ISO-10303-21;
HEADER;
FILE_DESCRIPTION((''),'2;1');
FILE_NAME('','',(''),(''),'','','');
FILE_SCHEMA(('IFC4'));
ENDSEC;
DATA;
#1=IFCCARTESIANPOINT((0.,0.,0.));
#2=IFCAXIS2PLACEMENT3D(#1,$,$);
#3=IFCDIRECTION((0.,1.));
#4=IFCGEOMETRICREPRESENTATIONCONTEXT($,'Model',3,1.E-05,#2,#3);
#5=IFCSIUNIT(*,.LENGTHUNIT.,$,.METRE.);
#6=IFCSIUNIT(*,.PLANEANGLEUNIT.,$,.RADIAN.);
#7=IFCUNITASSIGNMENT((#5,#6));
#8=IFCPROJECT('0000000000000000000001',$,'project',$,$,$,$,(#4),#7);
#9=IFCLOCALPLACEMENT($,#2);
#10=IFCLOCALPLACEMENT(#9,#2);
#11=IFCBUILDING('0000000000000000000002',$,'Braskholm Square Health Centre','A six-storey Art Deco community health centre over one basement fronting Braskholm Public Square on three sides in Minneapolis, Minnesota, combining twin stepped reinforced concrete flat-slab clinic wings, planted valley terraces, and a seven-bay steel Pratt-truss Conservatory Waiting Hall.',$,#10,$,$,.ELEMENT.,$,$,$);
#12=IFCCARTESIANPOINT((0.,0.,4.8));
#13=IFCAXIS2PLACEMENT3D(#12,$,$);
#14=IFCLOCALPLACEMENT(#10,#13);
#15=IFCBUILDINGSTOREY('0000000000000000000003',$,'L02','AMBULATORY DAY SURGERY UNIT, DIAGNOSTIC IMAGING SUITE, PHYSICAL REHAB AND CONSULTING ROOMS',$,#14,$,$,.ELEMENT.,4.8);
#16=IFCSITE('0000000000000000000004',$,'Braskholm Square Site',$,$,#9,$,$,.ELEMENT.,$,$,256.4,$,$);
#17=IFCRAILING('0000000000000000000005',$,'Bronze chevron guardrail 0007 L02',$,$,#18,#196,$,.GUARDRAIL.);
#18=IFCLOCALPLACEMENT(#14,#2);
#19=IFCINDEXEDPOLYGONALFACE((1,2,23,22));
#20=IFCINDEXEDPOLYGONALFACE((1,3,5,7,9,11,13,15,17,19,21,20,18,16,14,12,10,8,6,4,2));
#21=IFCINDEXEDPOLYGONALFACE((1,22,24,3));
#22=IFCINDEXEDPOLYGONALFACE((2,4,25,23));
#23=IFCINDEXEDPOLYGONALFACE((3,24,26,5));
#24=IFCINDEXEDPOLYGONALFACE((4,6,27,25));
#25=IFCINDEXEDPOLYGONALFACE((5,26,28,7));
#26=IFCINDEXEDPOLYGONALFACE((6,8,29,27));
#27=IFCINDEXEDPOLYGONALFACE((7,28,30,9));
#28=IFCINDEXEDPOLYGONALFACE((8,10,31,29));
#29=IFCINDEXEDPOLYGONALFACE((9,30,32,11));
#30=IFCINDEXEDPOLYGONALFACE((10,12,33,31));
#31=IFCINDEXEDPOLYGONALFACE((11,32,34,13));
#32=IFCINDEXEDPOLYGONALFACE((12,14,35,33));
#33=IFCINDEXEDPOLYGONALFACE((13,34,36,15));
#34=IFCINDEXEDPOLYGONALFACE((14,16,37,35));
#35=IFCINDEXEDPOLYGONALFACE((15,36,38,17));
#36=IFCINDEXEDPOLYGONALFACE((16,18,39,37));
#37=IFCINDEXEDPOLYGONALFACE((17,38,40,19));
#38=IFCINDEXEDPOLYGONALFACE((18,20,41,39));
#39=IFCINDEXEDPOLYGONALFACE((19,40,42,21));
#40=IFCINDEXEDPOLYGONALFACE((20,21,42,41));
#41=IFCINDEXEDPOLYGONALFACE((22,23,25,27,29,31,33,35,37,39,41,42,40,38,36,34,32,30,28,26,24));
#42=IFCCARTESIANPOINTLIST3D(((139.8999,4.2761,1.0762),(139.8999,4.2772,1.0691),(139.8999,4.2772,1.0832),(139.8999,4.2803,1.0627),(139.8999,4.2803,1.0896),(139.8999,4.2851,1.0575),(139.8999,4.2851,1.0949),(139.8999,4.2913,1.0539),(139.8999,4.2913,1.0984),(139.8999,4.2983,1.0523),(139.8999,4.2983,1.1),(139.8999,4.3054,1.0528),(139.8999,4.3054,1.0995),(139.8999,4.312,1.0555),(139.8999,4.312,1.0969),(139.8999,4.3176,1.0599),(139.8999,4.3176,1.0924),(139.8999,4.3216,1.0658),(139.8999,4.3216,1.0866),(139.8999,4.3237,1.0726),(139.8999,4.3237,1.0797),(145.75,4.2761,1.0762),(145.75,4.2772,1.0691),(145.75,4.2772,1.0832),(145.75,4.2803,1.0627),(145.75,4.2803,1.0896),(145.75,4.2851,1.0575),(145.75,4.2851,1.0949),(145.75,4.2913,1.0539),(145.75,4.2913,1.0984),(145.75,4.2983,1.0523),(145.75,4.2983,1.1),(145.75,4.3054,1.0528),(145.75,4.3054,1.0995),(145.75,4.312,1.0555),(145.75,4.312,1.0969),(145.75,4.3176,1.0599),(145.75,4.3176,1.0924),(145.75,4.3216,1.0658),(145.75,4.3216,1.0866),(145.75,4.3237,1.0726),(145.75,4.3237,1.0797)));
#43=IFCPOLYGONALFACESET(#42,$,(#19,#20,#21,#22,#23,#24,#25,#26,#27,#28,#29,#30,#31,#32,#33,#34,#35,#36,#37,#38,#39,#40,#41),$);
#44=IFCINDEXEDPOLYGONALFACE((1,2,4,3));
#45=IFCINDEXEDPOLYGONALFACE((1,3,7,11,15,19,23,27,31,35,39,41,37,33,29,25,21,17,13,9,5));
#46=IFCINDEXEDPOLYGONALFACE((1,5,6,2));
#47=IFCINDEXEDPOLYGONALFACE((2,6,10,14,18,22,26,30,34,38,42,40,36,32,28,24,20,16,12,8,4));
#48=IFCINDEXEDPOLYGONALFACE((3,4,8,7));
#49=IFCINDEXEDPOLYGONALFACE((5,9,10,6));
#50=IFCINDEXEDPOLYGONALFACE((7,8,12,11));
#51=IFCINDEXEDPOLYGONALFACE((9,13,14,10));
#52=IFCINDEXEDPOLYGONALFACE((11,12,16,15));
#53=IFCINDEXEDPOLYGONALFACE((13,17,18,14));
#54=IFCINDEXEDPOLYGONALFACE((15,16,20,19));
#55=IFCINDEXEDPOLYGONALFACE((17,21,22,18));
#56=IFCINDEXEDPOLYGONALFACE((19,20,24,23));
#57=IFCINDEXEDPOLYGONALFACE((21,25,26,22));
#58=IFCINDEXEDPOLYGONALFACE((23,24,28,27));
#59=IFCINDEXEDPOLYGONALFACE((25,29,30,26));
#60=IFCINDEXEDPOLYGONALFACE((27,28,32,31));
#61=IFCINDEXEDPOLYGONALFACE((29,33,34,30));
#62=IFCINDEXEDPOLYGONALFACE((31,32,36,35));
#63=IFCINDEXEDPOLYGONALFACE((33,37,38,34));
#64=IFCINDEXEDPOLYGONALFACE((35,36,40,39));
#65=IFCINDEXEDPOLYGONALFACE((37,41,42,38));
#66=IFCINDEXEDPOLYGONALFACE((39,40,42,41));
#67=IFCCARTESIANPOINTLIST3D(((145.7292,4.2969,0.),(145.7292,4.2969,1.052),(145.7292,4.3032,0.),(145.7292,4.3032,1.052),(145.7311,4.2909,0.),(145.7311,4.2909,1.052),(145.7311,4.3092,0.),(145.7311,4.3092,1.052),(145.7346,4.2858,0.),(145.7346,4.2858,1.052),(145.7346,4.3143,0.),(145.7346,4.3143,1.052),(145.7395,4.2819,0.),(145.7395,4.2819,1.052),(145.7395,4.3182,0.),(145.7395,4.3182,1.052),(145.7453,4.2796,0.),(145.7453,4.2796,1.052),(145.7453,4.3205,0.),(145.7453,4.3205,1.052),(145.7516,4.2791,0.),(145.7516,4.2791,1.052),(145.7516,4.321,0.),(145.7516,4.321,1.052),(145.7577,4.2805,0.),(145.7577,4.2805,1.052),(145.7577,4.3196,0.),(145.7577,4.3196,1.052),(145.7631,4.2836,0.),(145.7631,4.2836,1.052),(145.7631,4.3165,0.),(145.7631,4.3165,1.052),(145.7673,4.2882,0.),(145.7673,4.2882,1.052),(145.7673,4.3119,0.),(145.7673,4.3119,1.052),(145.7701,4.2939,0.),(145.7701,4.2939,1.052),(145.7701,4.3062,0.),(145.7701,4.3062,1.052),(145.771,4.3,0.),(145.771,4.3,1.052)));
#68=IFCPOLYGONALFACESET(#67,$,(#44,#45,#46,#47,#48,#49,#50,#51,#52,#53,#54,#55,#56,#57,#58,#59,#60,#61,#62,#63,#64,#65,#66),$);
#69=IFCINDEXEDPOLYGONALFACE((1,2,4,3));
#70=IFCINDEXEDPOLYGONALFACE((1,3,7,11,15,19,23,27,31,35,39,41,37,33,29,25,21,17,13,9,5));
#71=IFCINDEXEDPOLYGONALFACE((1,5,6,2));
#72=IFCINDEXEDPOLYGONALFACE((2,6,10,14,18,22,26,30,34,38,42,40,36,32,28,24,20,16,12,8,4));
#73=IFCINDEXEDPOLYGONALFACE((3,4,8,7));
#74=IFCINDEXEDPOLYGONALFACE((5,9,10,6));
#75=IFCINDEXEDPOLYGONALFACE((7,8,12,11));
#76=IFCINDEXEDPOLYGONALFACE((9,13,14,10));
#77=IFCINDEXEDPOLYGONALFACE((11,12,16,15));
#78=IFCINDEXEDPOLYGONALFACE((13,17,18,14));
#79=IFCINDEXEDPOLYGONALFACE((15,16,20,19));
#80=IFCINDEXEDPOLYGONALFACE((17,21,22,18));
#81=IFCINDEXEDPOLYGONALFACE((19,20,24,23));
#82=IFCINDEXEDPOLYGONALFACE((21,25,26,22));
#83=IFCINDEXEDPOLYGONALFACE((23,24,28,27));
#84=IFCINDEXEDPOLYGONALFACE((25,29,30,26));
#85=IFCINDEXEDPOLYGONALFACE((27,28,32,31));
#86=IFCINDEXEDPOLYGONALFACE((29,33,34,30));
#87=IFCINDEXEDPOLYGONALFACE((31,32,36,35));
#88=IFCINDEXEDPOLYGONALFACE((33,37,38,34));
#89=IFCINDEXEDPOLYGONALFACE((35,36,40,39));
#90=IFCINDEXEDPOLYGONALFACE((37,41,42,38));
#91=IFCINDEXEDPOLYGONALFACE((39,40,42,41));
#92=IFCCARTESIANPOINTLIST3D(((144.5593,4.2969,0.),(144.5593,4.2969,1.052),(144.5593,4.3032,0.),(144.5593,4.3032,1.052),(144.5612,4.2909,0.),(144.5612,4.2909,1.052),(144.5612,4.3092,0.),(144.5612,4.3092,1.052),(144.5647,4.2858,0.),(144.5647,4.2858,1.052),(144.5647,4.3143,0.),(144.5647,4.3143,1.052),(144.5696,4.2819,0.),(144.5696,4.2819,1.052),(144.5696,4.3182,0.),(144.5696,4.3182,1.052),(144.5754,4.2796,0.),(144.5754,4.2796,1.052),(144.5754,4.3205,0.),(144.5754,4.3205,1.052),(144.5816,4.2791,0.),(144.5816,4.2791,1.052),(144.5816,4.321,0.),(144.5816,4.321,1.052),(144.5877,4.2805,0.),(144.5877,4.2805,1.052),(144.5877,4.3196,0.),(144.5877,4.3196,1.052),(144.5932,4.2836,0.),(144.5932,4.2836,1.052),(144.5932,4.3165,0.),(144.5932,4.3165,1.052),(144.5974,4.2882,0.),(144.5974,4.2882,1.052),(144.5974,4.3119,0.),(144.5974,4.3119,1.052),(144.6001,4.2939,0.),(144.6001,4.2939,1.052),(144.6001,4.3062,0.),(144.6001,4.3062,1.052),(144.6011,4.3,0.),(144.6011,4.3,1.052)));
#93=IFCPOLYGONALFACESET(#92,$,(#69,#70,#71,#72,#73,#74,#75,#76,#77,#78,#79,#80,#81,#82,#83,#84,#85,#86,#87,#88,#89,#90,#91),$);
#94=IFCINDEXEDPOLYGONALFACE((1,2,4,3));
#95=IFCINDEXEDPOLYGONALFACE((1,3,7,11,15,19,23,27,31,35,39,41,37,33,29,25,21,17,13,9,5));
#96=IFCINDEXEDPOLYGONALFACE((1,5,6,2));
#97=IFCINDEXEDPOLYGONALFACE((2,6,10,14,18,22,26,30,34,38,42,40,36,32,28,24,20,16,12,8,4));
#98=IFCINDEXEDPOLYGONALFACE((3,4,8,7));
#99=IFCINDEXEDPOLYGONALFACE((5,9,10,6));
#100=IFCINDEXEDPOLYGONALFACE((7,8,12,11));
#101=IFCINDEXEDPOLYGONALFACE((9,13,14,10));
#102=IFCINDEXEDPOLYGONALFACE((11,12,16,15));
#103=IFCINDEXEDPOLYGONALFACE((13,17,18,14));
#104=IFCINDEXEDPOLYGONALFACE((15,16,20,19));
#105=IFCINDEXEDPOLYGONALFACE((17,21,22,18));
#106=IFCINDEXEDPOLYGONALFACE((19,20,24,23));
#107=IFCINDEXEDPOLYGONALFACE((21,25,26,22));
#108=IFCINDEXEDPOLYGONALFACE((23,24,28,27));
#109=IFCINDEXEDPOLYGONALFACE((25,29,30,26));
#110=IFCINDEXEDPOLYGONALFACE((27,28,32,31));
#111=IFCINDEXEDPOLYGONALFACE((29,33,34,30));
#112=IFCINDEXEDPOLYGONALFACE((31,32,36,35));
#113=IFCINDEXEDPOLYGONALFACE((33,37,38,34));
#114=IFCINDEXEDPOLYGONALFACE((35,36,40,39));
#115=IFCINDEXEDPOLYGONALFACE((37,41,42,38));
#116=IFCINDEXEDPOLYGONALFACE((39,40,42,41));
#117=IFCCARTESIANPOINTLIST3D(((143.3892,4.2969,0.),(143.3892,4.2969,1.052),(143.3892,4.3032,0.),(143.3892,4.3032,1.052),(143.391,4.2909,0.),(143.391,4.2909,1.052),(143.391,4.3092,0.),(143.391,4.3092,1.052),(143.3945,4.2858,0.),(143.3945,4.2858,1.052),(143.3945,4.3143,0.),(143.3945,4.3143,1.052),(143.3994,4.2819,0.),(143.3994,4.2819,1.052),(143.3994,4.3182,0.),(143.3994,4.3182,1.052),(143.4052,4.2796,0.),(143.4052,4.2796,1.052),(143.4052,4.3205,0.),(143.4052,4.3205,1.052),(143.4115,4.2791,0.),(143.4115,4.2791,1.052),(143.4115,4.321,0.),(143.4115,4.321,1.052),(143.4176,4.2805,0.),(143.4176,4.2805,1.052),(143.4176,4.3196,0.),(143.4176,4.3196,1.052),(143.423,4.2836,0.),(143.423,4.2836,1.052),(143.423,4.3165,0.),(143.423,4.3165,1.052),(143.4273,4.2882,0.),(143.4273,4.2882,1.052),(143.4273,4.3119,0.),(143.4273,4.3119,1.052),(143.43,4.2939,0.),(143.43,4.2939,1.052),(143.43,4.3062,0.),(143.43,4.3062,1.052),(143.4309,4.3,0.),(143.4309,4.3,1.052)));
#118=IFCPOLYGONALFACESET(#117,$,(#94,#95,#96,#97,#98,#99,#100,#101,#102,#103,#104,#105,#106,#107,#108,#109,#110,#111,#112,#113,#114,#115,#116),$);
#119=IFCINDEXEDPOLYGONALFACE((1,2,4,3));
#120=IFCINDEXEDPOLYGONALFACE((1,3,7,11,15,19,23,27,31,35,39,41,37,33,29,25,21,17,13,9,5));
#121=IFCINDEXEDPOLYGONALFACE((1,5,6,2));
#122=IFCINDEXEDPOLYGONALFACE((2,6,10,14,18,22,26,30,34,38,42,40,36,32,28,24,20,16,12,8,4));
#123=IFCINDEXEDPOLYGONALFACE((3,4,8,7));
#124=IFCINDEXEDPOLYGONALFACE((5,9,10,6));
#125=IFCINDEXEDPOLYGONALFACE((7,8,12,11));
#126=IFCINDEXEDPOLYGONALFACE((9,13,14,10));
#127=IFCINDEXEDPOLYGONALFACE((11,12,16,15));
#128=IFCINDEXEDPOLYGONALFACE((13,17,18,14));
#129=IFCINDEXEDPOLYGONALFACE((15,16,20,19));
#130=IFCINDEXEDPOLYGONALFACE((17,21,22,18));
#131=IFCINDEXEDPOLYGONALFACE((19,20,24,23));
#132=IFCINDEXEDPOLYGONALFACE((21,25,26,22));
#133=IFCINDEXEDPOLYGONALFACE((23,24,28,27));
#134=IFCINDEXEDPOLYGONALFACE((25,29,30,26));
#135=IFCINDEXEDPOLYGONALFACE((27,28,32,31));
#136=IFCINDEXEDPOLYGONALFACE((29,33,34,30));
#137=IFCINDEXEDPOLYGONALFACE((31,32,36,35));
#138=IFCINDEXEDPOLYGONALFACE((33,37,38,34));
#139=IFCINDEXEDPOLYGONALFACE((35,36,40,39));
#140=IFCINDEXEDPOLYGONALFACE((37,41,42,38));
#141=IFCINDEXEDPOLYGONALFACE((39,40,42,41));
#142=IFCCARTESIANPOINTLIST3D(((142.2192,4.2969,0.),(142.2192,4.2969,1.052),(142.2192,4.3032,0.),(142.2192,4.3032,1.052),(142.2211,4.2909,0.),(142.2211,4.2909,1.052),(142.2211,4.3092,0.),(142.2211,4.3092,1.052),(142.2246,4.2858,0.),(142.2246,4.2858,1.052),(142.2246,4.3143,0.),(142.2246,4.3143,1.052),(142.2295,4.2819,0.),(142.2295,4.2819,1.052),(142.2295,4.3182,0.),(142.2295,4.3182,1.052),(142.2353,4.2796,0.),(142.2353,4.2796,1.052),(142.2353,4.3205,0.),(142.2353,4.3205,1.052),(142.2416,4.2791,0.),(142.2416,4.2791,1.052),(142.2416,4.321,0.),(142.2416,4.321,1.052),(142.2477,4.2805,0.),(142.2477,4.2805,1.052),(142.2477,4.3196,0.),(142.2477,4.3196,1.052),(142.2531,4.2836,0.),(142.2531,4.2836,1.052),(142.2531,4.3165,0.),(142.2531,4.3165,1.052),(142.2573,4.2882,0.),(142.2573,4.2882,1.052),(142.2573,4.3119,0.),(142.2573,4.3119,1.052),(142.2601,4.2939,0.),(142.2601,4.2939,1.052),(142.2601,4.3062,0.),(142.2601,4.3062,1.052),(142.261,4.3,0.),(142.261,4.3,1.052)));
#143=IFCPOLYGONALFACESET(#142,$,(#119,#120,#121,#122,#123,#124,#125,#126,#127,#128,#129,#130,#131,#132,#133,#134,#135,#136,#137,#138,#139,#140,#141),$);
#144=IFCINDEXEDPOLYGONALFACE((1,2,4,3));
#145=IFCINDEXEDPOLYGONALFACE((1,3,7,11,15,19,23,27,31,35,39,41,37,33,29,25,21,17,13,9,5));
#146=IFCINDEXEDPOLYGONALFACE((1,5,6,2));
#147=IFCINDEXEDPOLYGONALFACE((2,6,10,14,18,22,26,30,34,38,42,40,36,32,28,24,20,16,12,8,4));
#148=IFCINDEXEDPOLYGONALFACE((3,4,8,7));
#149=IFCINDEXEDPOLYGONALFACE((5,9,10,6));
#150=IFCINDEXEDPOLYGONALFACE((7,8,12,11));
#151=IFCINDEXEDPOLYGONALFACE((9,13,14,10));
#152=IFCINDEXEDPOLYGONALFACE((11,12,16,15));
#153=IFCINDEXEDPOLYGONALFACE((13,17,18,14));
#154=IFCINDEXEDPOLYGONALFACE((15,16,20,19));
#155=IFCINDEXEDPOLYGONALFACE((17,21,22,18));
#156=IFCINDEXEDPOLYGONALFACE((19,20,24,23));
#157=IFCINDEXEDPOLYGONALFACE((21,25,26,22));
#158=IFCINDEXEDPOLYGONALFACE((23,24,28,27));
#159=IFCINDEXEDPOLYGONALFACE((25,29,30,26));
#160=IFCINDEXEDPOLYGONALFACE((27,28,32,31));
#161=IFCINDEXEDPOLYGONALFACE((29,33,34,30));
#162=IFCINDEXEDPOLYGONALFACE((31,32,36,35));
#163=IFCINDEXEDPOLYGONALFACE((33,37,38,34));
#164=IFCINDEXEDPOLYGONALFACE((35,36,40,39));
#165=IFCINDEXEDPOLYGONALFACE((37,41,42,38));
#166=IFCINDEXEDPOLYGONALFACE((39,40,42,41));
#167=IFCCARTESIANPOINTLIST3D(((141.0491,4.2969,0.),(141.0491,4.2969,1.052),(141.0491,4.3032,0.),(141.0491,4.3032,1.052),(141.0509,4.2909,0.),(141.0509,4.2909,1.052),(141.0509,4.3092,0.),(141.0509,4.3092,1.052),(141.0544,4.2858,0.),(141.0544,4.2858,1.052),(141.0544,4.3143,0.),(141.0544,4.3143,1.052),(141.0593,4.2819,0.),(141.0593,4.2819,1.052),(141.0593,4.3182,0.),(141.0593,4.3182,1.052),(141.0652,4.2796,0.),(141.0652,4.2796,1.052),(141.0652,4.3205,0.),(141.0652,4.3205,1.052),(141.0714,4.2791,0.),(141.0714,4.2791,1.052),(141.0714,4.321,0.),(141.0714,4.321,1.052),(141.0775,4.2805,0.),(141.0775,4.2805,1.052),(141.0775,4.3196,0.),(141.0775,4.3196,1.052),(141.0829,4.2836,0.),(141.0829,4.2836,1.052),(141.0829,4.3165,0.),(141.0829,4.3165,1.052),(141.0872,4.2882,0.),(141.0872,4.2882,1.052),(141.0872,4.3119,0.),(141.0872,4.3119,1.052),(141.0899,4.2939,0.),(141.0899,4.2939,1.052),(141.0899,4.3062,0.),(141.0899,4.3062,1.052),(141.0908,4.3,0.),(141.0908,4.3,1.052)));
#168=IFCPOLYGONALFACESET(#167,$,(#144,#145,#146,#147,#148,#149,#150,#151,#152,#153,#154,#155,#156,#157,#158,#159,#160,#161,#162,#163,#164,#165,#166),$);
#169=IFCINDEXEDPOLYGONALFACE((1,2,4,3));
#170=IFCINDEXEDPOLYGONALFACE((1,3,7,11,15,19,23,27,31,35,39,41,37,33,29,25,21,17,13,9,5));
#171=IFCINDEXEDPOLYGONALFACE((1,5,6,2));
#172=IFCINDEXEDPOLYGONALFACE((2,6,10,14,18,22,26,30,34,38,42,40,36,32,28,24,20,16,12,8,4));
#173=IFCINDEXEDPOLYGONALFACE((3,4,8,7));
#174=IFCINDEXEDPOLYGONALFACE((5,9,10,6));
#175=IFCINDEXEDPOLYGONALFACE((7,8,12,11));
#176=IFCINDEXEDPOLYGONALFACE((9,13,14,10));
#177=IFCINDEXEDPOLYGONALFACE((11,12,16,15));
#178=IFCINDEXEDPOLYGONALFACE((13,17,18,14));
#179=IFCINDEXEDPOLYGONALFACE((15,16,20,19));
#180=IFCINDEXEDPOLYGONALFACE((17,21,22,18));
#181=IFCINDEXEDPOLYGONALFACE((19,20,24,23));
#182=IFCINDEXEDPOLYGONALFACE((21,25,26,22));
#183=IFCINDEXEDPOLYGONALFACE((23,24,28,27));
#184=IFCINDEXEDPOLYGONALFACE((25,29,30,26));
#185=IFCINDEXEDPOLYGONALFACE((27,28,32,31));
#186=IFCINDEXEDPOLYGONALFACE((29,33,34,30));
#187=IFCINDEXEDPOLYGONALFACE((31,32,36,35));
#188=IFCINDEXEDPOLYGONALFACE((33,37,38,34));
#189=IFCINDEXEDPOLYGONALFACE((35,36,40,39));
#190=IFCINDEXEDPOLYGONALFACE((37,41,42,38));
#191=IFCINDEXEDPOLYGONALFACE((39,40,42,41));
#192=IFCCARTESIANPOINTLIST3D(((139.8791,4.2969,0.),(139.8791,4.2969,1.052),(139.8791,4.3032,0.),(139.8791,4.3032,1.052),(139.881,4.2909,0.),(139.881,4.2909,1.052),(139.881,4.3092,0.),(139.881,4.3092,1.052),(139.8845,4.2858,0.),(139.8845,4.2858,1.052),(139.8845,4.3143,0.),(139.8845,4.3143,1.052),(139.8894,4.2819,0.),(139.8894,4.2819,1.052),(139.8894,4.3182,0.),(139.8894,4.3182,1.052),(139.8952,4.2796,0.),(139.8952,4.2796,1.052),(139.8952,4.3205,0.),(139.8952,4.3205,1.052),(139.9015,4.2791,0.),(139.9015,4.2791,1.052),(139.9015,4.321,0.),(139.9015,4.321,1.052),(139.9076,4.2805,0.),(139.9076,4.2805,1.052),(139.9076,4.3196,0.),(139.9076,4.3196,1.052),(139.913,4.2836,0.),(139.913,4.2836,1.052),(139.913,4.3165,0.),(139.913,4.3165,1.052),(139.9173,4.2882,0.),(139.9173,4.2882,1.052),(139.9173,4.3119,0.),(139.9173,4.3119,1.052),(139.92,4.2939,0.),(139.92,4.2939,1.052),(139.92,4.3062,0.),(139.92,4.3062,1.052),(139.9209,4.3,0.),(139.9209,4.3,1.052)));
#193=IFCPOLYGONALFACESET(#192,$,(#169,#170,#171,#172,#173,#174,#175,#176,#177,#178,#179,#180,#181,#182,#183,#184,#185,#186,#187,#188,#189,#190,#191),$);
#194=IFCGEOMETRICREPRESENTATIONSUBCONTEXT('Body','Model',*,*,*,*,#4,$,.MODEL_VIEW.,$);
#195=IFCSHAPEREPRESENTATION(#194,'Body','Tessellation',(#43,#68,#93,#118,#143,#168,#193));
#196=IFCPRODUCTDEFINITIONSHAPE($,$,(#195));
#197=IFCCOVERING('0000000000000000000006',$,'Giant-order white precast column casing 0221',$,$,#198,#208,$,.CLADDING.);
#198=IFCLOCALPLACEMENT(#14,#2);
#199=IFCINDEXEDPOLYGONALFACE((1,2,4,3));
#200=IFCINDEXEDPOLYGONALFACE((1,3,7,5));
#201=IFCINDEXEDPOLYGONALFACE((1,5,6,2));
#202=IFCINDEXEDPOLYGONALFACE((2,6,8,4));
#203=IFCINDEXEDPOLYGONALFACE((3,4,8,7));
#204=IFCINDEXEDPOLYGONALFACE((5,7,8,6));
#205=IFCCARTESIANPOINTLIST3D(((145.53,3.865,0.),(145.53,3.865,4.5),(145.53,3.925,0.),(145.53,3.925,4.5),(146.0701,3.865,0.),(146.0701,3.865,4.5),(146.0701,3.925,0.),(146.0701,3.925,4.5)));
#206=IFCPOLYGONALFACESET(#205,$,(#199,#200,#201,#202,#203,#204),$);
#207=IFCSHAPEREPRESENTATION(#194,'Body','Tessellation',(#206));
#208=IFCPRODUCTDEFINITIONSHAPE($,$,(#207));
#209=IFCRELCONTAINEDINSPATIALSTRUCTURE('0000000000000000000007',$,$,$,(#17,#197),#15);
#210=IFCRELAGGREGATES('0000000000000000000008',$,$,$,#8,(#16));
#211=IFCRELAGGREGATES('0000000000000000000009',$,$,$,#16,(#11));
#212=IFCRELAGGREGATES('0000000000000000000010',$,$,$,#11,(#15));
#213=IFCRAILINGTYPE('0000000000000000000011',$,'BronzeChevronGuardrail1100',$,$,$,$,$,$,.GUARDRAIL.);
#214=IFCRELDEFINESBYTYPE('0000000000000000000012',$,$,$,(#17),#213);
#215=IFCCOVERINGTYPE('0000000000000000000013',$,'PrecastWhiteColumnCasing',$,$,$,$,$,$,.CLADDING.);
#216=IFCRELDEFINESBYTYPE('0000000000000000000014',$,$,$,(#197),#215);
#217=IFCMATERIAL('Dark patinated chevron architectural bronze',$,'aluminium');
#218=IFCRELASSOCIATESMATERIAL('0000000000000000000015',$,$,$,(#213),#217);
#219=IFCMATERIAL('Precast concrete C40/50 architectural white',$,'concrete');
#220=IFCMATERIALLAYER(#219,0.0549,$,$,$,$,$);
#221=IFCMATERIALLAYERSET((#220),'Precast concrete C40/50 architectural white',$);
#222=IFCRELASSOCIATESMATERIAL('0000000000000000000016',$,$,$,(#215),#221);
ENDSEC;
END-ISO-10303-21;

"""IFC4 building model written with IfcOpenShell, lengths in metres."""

from ifc_helpers import new_model, si_unit, direction, frame, origin, origin_2d, place, context, subcontext, project, spatial, rectangle, circle, extrude, material, layer, layer_set, type_object, element, save


model = new_model("IFC4")

# Units and contexts
model_context = context("Model", 3, precision=1e-05, world=origin(), true_north=direction((0.0, 1.0)))
body_context = subcontext(model_context, "Body", "Model", "MODEL_VIEW")
ifc_project = project(units=[si_unit("LENGTHUNIT", "METRE"), si_unit("PLANEANGLEUNIT", "RADIAN")], contexts=[model_context])

# Site, building, storey
site_placement = place(None, origin())
site = spatial("IfcSite", under=ifc_project, at=site_placement, Name="Braskholm Square Site", CompositionType="ELEMENT", RefElevation=256.4)
building_placement = place(site_placement, origin())
building = spatial("IfcBuilding", under=site, at=building_placement, Name="Braskholm Square Health Centre", Description="A six-storey Art Deco community health centre over one basement fronting Braskholm Public Square on three sides in Minneapolis, Minnesota, combining twin stepped reinforced concrete flat-slab clinic wings, planted valley terraces, and a seven-bay steel Pratt-truss Conservatory Waiting Hall.", CompositionType="ELEMENT")
storey_placement = place(building_placement, frame((0.0, 0.0, 4.8)))
storey = spatial("IfcBuildingStorey", under=building, at=storey_placement, Name="L02", Description="AMBULATORY DAY SURGERY UNIT, DIAGNOSTIC IMAGING SUITE, PHYSICAL REHAB AND CONSULTING ROOMS", CompositionType="ELEMENT", Elevation=4.8)

# Shared definitions
ifc_material_1 = material(Name="Precast concrete C40/50 architectural white", Category="concrete")

# Railing
ifc_material_2 = material(Name="Dark patinated chevron architectural bronze", Category="aluminium")
railing_type = type_object("IfcRailingType", Name="BronzeChevronGuardrail1100", PredefinedType="GUARDRAIL", material=ifc_material_2)
railing_1_placement = place(storey_placement, frame((145.75, 4.3, 0.0)))
element("IfcRailing", 1, at=railing_1_placement, inside=storey, type_object=railing_type, Name="Bronze chevron guardrail 0007 L02", PredefinedType="GUARDRAIL", context=body_context, shape_type="SweptSolid", body=[
    extrude(circle(Radius=0.0239, at=origin_2d()), frame((0.0, 0.0, 1.0762), z_axis=(-1.0, 0.0, 0.0), x_axis=(0.0, -1.0, 0.0)), (0.0, 0.0, 1.0), 5.8501),
    extrude(circle(Radius=0.021, at=origin_2d()), origin(), (0.0, 0.0, 1.0), 1.052),
    extrude(circle(Radius=0.021, at=origin_2d()), frame((-1.1699, 0.0, 0.0)), (0.0, 0.0, 1.0), 1.052),
    extrude(circle(Radius=0.021, at=origin_2d()), frame((-2.3401, 0.0, 0.0)), (0.0, 0.0, 1.0), 1.052),
    extrude(circle(Radius=0.021, at=origin_2d()), frame((-3.51, 0.0, 0.0)), (0.0, 0.0, 1.0), 1.052),
    extrude(circle(Radius=0.021, at=origin_2d()), frame((-4.6802, 0.0, 0.0)), (0.0, 0.0, 1.0), 1.052),
    extrude(circle(Radius=0.021, at=origin_2d()), frame((-5.8501, 0.0, 0.0)), (0.0, 0.0, 1.0), 1.052),
])

# Covering
ifc_layer_1 = layer(ifc_material_1, 0.0549)
ifc_layer_set_1 = layer_set([ifc_layer_1], Name="Precast concrete C40/50 architectural white")
covering_type = type_object("IfcCoveringType", Name="PrecastWhiteColumnCasing", PredefinedType="CLADDING", material=ifc_layer_set_1)
covering_placement = place(storey_placement, frame((145.8, 3.895, 0.0), z_axis=(0.0, 0.0, 1.0), x_axis=(1.0, 0.0, 0.0)))
element("IfcCovering", 2, at=covering_placement, inside=storey, type_object=covering_type, Name="Giant-order white precast column casing 0221", PredefinedType="CLADDING", context=body_context, shape_type="SweptSolid", body=[
    extrude(rectangle(XDim=0.54, YDim=0.0601, at=origin_2d()), origin(), (0.0, 0.0, 1.0), 4.5),
])

save(model, "model.ifc")
